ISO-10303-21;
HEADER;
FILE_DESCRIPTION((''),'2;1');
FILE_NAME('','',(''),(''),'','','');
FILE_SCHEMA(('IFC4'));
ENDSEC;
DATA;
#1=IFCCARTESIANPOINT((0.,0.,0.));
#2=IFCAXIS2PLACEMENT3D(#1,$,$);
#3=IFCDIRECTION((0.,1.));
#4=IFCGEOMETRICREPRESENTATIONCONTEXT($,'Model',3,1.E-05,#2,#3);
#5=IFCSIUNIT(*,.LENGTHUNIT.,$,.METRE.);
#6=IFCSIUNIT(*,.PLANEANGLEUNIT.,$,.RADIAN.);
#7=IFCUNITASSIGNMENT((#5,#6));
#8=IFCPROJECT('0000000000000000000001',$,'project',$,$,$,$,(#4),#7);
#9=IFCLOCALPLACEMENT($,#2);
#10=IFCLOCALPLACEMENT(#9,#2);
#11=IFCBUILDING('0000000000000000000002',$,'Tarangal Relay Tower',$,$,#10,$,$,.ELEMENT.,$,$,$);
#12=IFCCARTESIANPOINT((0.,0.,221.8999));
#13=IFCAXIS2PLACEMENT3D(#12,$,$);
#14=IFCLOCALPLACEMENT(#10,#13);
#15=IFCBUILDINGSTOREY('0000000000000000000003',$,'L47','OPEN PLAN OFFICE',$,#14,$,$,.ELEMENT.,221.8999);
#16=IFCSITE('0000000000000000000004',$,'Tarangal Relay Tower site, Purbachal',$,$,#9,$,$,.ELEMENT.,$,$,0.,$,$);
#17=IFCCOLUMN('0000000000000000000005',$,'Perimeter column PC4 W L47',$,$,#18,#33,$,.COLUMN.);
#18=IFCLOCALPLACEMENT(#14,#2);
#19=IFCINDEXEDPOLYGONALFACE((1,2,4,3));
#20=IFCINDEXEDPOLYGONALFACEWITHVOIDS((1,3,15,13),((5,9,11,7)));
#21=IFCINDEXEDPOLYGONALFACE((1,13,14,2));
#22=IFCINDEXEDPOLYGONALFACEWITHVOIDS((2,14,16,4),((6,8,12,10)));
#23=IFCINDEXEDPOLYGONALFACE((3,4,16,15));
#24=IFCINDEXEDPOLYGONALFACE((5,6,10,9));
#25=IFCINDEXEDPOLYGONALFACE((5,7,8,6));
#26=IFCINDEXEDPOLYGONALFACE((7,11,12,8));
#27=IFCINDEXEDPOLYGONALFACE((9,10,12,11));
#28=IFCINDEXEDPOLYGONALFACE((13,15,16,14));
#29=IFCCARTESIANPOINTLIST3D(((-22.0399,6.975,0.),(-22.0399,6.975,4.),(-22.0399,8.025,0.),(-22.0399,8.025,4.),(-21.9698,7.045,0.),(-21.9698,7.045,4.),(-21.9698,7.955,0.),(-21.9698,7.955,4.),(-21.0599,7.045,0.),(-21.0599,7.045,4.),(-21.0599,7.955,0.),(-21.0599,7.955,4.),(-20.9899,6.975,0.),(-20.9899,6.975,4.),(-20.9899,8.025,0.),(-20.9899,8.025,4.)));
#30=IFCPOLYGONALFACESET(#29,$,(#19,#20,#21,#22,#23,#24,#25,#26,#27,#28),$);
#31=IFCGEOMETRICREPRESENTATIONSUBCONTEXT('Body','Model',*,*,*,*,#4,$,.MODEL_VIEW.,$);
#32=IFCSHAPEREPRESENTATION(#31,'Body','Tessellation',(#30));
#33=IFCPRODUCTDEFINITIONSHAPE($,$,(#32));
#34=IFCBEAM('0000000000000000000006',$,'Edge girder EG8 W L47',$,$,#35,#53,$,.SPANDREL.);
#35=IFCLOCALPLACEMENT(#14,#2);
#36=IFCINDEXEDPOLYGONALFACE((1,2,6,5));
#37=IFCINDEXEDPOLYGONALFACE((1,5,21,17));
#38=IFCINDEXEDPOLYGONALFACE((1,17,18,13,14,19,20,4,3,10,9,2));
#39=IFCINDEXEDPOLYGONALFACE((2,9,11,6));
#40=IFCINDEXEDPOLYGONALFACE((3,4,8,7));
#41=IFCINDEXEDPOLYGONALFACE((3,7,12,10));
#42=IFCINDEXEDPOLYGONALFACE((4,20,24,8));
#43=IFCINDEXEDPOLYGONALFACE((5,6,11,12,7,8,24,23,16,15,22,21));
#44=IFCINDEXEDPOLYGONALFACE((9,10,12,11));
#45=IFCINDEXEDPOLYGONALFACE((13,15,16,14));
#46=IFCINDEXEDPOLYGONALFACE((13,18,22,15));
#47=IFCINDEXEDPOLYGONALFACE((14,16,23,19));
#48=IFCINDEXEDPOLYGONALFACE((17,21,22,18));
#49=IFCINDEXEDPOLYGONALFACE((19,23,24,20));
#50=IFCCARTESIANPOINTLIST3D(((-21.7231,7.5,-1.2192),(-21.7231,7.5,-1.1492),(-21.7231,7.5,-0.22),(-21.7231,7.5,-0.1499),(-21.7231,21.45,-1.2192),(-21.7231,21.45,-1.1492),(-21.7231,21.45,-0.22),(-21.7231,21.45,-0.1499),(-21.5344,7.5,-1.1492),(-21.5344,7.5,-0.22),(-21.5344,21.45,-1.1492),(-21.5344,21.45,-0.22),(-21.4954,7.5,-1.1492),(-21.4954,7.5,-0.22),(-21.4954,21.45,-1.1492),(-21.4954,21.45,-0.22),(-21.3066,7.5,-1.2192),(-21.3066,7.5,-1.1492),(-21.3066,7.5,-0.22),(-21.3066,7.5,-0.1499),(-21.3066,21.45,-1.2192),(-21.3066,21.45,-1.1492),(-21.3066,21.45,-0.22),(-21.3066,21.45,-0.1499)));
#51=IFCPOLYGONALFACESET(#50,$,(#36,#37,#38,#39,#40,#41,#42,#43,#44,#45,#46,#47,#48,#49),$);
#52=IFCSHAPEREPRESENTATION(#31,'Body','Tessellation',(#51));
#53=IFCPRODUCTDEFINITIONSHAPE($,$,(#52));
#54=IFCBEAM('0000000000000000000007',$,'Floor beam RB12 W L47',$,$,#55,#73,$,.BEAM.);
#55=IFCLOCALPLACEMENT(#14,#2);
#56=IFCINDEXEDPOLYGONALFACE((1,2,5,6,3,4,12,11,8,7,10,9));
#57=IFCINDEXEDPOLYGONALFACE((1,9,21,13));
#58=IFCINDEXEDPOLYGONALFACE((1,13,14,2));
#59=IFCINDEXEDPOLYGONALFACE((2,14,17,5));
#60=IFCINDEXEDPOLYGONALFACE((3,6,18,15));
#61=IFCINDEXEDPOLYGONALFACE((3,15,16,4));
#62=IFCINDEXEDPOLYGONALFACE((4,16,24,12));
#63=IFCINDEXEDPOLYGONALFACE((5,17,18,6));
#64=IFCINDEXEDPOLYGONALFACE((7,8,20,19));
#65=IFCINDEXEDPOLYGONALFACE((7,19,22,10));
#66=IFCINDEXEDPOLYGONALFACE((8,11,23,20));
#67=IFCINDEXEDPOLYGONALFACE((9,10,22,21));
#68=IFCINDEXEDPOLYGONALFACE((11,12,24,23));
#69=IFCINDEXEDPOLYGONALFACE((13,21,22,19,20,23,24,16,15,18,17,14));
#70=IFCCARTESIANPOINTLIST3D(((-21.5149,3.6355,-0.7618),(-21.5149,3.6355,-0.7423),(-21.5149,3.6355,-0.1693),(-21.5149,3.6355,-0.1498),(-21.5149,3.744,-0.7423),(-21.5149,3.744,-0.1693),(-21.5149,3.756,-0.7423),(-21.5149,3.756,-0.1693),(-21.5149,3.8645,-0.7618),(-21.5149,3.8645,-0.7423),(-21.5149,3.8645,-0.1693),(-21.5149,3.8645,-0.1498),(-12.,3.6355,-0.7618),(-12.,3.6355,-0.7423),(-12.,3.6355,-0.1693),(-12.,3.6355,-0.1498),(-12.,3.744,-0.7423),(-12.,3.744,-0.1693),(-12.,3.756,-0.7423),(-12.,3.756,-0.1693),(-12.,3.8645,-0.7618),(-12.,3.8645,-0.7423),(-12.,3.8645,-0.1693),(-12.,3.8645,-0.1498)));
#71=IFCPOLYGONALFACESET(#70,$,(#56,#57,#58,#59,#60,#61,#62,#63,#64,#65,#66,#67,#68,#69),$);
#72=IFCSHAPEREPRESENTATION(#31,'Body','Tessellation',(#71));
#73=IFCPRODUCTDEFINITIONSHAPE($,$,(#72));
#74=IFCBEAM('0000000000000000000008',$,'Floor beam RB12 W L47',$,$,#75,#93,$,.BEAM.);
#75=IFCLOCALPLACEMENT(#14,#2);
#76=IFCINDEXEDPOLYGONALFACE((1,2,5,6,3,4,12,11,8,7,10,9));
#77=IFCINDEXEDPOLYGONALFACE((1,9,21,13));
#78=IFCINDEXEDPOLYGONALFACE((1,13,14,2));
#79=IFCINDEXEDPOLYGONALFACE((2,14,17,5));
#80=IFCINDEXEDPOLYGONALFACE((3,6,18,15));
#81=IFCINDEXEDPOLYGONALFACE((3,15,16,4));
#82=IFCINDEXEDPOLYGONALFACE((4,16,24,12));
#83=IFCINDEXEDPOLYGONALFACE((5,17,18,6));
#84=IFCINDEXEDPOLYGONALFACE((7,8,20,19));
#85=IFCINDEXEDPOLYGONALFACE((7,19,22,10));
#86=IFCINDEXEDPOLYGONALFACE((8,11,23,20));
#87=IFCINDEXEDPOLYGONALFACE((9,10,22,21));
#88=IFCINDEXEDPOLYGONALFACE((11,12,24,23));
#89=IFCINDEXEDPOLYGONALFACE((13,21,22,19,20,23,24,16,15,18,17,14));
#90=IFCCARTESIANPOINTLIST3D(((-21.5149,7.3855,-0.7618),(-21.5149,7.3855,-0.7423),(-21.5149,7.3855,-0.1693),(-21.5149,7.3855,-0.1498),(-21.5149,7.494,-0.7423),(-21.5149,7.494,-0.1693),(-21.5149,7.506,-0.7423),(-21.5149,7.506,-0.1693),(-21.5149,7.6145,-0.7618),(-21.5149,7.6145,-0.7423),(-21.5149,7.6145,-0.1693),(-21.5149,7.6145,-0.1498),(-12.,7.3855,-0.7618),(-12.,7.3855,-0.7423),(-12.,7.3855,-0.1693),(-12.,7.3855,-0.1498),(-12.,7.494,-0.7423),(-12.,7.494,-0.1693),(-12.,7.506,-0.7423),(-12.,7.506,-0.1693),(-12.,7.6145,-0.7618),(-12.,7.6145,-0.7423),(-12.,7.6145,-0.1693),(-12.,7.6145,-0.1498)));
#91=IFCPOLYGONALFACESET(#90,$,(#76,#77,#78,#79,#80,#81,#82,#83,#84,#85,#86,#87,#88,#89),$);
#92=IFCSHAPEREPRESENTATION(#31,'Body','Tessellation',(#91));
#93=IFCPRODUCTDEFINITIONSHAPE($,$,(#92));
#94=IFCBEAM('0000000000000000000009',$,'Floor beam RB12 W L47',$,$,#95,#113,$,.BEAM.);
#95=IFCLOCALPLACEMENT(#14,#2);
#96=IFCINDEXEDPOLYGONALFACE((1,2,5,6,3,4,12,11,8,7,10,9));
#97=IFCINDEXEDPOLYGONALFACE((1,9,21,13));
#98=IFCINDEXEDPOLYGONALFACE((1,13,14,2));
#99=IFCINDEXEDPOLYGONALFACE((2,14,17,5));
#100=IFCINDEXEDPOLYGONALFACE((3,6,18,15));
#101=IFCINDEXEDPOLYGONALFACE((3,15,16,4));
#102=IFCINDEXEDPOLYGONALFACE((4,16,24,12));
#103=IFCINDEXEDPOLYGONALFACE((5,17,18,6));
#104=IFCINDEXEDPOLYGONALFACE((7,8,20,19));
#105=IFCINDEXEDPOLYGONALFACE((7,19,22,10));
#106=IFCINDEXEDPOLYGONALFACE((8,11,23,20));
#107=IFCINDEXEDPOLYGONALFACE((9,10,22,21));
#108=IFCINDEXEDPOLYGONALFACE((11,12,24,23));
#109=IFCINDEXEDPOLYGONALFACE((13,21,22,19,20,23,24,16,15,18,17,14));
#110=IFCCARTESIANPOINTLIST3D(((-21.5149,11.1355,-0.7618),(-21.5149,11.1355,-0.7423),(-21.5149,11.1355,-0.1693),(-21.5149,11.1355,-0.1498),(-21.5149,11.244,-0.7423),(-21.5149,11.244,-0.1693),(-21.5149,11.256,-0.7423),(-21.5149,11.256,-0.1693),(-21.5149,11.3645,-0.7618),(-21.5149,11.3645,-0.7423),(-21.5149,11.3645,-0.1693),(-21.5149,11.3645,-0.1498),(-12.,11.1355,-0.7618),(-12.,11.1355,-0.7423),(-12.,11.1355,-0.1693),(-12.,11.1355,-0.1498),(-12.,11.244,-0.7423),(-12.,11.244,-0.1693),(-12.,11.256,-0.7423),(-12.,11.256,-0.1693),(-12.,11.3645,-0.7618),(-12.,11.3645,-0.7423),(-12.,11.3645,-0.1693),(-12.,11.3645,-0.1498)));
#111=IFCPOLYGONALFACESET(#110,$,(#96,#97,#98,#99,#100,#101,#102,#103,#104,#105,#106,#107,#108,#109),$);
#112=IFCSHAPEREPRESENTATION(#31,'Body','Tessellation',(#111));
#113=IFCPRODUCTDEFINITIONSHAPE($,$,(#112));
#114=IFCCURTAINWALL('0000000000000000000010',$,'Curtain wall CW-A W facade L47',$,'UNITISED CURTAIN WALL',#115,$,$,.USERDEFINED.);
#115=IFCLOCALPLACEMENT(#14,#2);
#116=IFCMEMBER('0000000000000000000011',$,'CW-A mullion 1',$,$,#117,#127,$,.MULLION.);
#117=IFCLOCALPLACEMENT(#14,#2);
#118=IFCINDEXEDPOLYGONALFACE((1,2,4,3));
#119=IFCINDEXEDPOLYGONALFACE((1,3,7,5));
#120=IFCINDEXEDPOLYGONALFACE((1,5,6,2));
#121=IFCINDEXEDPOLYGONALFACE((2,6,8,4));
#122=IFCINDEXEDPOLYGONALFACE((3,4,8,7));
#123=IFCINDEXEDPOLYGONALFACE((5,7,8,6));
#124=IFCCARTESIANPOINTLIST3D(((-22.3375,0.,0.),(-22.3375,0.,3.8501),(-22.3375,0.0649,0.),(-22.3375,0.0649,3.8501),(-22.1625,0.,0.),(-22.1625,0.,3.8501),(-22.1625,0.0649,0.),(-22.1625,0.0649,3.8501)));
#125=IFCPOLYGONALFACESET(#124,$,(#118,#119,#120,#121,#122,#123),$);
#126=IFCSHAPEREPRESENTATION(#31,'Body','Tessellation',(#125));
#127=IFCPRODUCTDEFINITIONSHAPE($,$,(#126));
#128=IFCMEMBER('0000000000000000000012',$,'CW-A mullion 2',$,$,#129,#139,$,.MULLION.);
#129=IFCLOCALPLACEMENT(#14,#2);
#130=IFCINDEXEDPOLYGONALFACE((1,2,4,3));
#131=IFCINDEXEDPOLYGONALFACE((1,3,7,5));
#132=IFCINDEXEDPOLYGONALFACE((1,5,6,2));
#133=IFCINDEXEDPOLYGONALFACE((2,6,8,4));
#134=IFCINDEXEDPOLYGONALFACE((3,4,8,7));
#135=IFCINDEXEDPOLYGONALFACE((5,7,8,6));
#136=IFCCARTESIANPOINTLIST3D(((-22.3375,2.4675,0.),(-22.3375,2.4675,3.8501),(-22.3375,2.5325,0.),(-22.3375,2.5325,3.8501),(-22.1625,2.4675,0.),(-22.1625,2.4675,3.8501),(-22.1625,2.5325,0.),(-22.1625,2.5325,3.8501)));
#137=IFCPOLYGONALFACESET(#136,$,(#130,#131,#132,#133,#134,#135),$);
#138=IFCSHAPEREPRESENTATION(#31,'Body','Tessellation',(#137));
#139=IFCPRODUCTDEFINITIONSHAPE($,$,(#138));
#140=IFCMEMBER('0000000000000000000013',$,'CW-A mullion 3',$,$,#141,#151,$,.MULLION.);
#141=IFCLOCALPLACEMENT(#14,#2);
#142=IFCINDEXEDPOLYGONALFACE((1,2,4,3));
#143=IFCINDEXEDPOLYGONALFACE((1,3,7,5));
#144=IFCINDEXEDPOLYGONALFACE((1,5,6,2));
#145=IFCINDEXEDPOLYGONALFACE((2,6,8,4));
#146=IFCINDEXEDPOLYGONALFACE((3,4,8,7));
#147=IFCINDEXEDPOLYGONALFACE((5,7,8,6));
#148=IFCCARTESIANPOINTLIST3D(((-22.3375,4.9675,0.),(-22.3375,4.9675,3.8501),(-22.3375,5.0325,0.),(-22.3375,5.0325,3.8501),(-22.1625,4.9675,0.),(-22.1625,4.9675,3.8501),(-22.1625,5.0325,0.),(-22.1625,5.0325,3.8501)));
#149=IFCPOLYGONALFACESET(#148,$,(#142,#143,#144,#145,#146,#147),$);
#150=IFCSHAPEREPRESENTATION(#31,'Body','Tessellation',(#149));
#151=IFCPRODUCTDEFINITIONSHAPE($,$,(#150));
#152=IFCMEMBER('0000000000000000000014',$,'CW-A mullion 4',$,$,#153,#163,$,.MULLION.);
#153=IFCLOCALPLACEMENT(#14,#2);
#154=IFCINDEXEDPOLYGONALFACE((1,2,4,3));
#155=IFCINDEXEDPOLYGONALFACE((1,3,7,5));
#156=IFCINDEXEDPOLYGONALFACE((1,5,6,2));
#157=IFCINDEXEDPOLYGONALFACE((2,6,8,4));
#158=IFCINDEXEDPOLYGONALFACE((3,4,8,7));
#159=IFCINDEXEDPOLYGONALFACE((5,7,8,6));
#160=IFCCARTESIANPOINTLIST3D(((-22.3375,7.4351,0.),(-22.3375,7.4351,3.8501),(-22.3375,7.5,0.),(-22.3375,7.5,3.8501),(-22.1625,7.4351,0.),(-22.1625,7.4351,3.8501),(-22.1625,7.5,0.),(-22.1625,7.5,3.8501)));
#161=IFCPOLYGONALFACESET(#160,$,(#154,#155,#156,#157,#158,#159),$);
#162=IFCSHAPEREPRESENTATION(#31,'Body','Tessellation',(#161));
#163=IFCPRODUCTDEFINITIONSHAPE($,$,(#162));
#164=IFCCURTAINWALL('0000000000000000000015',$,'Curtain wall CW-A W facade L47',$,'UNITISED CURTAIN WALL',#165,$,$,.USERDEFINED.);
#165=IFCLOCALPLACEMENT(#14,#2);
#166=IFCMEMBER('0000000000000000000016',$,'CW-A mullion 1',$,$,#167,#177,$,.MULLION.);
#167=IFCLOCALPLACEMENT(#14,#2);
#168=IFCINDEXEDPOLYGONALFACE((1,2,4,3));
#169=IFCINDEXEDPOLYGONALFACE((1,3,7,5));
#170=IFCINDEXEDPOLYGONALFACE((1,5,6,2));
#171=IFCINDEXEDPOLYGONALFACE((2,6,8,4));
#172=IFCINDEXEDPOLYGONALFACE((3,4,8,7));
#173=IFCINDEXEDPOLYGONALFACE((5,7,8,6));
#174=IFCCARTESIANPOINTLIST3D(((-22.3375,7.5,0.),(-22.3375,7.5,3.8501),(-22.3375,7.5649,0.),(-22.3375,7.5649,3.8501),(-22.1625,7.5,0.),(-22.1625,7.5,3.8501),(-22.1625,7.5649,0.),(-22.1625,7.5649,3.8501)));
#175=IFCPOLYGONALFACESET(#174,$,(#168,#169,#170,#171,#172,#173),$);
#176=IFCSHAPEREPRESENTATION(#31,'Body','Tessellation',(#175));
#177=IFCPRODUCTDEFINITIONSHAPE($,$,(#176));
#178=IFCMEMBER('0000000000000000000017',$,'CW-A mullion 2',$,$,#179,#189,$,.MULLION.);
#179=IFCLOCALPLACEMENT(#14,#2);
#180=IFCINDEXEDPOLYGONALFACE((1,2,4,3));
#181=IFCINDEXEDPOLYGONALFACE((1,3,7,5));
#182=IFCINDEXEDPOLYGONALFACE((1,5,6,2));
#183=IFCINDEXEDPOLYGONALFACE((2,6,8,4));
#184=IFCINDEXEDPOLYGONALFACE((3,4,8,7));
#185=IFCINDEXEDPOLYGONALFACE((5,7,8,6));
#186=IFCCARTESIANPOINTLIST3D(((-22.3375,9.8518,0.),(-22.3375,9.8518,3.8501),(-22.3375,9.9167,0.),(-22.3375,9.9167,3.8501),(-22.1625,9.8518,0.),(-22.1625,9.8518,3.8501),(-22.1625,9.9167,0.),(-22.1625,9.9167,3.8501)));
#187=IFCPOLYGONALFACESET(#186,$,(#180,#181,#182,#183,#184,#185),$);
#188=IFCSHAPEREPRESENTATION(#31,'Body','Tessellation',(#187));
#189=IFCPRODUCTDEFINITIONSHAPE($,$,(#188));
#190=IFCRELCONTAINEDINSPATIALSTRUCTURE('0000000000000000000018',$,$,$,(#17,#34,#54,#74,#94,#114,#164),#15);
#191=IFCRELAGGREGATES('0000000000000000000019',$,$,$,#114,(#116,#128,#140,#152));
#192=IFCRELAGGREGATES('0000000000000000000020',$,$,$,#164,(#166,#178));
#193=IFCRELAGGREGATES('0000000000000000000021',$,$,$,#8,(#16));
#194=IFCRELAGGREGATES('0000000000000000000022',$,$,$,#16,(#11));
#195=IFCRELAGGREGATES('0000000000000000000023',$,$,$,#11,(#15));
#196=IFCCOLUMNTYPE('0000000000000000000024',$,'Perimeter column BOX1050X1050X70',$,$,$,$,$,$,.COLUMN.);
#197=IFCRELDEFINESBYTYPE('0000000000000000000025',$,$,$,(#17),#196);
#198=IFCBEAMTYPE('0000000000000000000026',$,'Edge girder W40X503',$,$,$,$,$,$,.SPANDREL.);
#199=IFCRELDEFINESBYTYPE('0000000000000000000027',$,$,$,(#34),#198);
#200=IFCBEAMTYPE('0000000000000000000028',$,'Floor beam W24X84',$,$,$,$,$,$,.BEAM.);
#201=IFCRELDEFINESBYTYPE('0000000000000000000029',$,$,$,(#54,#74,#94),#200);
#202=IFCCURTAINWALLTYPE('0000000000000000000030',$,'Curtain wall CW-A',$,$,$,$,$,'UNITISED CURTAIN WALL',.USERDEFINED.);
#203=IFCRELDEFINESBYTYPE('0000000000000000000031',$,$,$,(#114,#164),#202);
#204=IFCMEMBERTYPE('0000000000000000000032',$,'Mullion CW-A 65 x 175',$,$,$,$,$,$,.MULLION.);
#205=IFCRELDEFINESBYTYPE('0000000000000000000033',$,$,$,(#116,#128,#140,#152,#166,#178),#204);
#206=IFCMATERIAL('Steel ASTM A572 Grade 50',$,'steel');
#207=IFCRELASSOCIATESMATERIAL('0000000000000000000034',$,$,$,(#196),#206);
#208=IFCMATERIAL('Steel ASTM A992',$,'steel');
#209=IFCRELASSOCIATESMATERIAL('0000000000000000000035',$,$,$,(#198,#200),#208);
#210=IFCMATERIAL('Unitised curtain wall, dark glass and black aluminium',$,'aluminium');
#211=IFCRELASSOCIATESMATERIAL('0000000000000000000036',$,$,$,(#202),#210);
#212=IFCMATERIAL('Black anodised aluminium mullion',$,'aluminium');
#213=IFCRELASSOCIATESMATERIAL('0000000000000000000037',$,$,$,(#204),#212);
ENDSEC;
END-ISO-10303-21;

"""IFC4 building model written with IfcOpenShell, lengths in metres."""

from ifc_helpers import new_model, si_unit, direction, frame, origin, origin_2d, place, context, subcontext, project, spatial, rectangle, hollow_rectangle, i_section, extrude, material, material_profile, profile_set, type_object, element, aggregate, save


model = new_model("IFC4")

# Units and contexts
model_context = context("Model", 3, precision=1e-05, world=origin(), true_north=direction((0.0, 1.0)))
body_context = subcontext(model_context, "Body", "Model", "MODEL_VIEW")
ifc_project = project(units=[si_unit("LENGTHUNIT", "METRE"), si_unit("PLANEANGLEUNIT", "RADIAN")], contexts=[model_context])

# Site, building, storey
site_placement = place(None, origin())
site = spatial("IfcSite", under=ifc_project, at=site_placement, Name="Tarangal Relay Tower site, Purbachal", CompositionType="ELEMENT", RefElevation=0.0)
building_placement = place(site_placement, origin())
building = spatial("IfcBuilding", under=site, at=building_placement, Name="Tarangal Relay Tower", CompositionType="ELEMENT")
storey_placement = place(building_placement, frame((0.0, 0.0, 221.8999)))
storey = spatial("IfcBuildingStorey", under=building, at=storey_placement, Name="L47", Description="OPEN PLAN OFFICE", CompositionType="ELEMENT", Elevation=221.8999)

# Column
ifc_material_1 = material(Name="Steel ASTM A572 Grade 50", Category="steel")
ifc_material_profile_1 = material_profile(ifc_material_1, hollow_rectangle(XDim=1.05, YDim=1.05, WallThickness=0.0701, at=origin_2d()), Name="BOX1050X1050X70")
ifc_profile_set_1 = profile_set([ifc_material_profile_1], Name="Steel ASTM A572 Grade 50")
column_type = type_object("IfcColumnType", Name="Perimeter column BOX1050X1050X70", PredefinedType="COLUMN", material=ifc_profile_set_1)
column_placement = place(storey_placement, frame((-21.5149, 7.5, 0.0), z_axis=(0.0, 0.0, 1.0), x_axis=(1.0, 0.0, 0.0)))
element("IfcColumn", 1, at=column_placement, inside=storey, type_object=column_type, Name="Perimeter column PC4 W L47", PredefinedType="COLUMN", context=body_context, shape_type="SweptSolid", body=[
    extrude(hollow_rectangle(XDim=1.05, YDim=1.05, WallThickness=0.0701, at=origin_2d()), origin(), (0.0, 0.0, 1.0), 4.0),
])

# Beams
ifc_material_2 = material(Name="Steel ASTM A992", Category="steel")
ifc_material_profile_2 = material_profile(ifc_material_2, i_section(OverallWidth=0.4165, OverallDepth=1.0693, WebThickness=0.0391, FlangeThickness=0.0701, at=origin_2d()), Name="W40X503")
ifc_profile_set_2 = profile_set([ifc_material_profile_2], Name="Steel ASTM A992")
beam_type_1 = type_object("IfcBeamType", Name="Edge girder W40X503", PredefinedType="SPANDREL", material=ifc_profile_set_2)
beam_placement = place(storey_placement, frame((-21.5149, 7.5, -0.6846), z_axis=(0.0, 1.0, 0.0), x_axis=(-1.0, 0.0, 0.0)))
element("IfcBeam", 2, at=beam_placement, inside=storey, type_object=beam_type_1, Name="Edge girder EG8 W L47", PredefinedType="SPANDREL", context=body_context, shape_type="SweptSolid", body=[
    extrude(i_section(OverallWidth=0.4165, OverallDepth=1.0693, WebThickness=0.0391, FlangeThickness=0.0701, at=origin_2d()), origin(), (0.0, 0.0, 1.0), 13.95),
])
ifc_material_profile_3 = material_profile(ifc_material_2, i_section(OverallWidth=0.229, OverallDepth=0.6121, WebThickness=0.012, FlangeThickness=0.0195, at=origin_2d()), Name="W24X84")
ifc_profile_set_3 = profile_set([ifc_material_profile_3], Name="Steel ASTM A992")
beam_type_2 = type_object("IfcBeamType", Name="Floor beam W24X84", PredefinedType="BEAM", material=ifc_profile_set_3)
for number, where, z_axis, x_axis, name in (
    (3, (-12.0, 3.75, -0.4558), (-1.0, 0.0, 0.0), (0.0, -1.0, 0.0), "Floor beam RB12 W L47"),
    (4, (-12.0, 7.5, -0.4558), (-1.0, 0.0, 0.0), (0.0, -1.0, 0.0), "Floor beam RB12 W L47"),
    (5, (-12.0, 11.25, -0.4558), (-1.0, 0.0, 0.0), (0.0, -1.0, 0.0), "Floor beam RB12 W L47"),
):
    element("IfcBeam", number, at=place(storey_placement, frame(where, z_axis=z_axis, x_axis=x_axis)), inside=storey, type_object=beam_type_2, Name=name, PredefinedType="BEAM", context=body_context, shape_type="SweptSolid", body=[
        extrude(i_section(OverallWidth=0.229, OverallDepth=0.6121, WebThickness=0.012, FlangeThickness=0.0195, at=origin_2d()), origin(), (0.0, 0.0, 1.0), 9.5149),
    ])

# Curtain walls, members
ifc_material_3 = material(Name="Unitised curtain wall, dark glass and black aluminium", Category="aluminium")
curtain_wall_type_1 = type_object("IfcCurtainWallType", Name="Curtain wall CW-A", ElementType="UNITISED CURTAIN WALL", PredefinedType="USERDEFINED", material=ifc_material_3)
curtain_wall_1_placement = place(storey_placement, origin())
curtain_wall_1 = element("IfcCurtainWall", 6, at=curtain_wall_1_placement, inside=storey, type_object=curtain_wall_type_1, Name="Curtain wall CW-A W facade L47", ObjectType="UNITISED CURTAIN WALL", PredefinedType="USERDEFINED")
ifc_material_4 = material(Name="Black anodised aluminium mullion", Category="aluminium")
ifc_material_profile_4 = material_profile(ifc_material_4, rectangle(XDim=0.175, YDim=0.0649, at=origin_2d()), Name="CW-AM 65X175")
ifc_profile_set_4 = profile_set([ifc_material_profile_4], Name="Black anodised aluminium mullion")
member_type_1 = type_object("IfcMemberType", Name="Mullion CW-A 65 x 175", PredefinedType="MULLION", material=ifc_profile_set_4)
member_1_placement = place(storey_placement, frame((-22.25, 0.0325, 0.0), z_axis=(0.0, 0.0, 1.0), x_axis=(-1.0, 0.0, 0.0)))
member_1 = element("IfcMember", 7, at=member_1_placement, type_object=member_type_1, Name="CW-A mullion 1", PredefinedType="MULLION", context=body_context, shape_type="SweptSolid", body=[
    extrude(rectangle(XDim=0.175, YDim=0.0649, at=origin_2d()), origin(), (0.0, 0.0, 1.0), 3.8501),
])
member_2_placement = place(storey_placement, frame((-22.25, 2.5, 0.0), z_axis=(0.0, 0.0, 1.0), x_axis=(-1.0, 0.0, 0.0)))
member_2 = element("IfcMember", 8, at=member_2_placement, type_object=member_type_1, Name="CW-A mullion 2", PredefinedType="MULLION", context=body_context, shape_type="SweptSolid", body=[
    extrude(rectangle(XDim=0.175, YDim=0.0649, at=origin_2d()), origin(), (0.0, 0.0, 1.0), 3.8501),
])
member_3_placement = place(storey_placement, frame((-22.25, 5.0, 0.0), z_axis=(0.0, 0.0, 1.0), x_axis=(-1.0, 0.0, 0.0)))
member_3 = element("IfcMember", 9, at=member_3_placement, type_object=member_type_1, Name="CW-A mullion 3", PredefinedType="MULLION", context=body_context, shape_type="SweptSolid", body=[
    extrude(rectangle(XDim=0.175, YDim=0.0649, at=origin_2d()), origin(), (0.0, 0.0, 1.0), 3.8501),
])
member_4_placement = place(storey_placement, frame((-22.25, 7.4675, 0.0), z_axis=(0.0, 0.0, 1.0), x_axis=(-1.0, 0.0, 0.0)))
member_4 = element("IfcMember", 10, at=member_4_placement, type_object=member_type_1, Name="CW-A mullion 4", PredefinedType="MULLION", context=body_context, shape_type="SweptSolid", body=[
    extrude(rectangle(XDim=0.175, YDim=0.0649, at=origin_2d()), origin(), (0.0, 0.0, 1.0), 3.8501),
])
curtain_wall_2_placement = place(storey_placement, origin())
curtain_wall_2 = element("IfcCurtainWall", 11, at=curtain_wall_2_placement, inside=storey, type_object=curtain_wall_type_1, Name="Curtain wall CW-A W facade L47", ObjectType="UNITISED CURTAIN WALL", PredefinedType="USERDEFINED")
member_5_placement = place(storey_placement, frame((-22.25, 7.5325, 0.0), z_axis=(0.0, 0.0, 1.0), x_axis=(-1.0, 0.0, 0.0)))
member_5 = element("IfcMember", 12, at=member_5_placement, type_object=member_type_1, Name="CW-A mullion 1", PredefinedType="MULLION", context=body_context, shape_type="SweptSolid", body=[
    extrude(rectangle(XDim=0.175, YDim=0.0649, at=origin_2d()), origin(), (0.0, 0.0, 1.0), 3.8501),
])
member_6_placement = place(storey_placement, frame((-22.25, 9.8843, 0.0), z_axis=(0.0, 0.0, 1.0), x_axis=(-1.0, 0.0, 0.0)))
member_6 = element("IfcMember", 13, at=member_6_placement, type_object=member_type_1, Name="CW-A mullion 2", PredefinedType="MULLION", context=body_context, shape_type="SweptSolid", body=[
    extrude(rectangle(XDim=0.175, YDim=0.0649, at=origin_2d()), origin(), (0.0, 0.0, 1.0), 3.8501),
])

aggregate(curtain_wall_1, [member_1, member_2, member_3, member_4])
aggregate(curtain_wall_2, [member_5, member_6])

save(model, "model.ifc")
